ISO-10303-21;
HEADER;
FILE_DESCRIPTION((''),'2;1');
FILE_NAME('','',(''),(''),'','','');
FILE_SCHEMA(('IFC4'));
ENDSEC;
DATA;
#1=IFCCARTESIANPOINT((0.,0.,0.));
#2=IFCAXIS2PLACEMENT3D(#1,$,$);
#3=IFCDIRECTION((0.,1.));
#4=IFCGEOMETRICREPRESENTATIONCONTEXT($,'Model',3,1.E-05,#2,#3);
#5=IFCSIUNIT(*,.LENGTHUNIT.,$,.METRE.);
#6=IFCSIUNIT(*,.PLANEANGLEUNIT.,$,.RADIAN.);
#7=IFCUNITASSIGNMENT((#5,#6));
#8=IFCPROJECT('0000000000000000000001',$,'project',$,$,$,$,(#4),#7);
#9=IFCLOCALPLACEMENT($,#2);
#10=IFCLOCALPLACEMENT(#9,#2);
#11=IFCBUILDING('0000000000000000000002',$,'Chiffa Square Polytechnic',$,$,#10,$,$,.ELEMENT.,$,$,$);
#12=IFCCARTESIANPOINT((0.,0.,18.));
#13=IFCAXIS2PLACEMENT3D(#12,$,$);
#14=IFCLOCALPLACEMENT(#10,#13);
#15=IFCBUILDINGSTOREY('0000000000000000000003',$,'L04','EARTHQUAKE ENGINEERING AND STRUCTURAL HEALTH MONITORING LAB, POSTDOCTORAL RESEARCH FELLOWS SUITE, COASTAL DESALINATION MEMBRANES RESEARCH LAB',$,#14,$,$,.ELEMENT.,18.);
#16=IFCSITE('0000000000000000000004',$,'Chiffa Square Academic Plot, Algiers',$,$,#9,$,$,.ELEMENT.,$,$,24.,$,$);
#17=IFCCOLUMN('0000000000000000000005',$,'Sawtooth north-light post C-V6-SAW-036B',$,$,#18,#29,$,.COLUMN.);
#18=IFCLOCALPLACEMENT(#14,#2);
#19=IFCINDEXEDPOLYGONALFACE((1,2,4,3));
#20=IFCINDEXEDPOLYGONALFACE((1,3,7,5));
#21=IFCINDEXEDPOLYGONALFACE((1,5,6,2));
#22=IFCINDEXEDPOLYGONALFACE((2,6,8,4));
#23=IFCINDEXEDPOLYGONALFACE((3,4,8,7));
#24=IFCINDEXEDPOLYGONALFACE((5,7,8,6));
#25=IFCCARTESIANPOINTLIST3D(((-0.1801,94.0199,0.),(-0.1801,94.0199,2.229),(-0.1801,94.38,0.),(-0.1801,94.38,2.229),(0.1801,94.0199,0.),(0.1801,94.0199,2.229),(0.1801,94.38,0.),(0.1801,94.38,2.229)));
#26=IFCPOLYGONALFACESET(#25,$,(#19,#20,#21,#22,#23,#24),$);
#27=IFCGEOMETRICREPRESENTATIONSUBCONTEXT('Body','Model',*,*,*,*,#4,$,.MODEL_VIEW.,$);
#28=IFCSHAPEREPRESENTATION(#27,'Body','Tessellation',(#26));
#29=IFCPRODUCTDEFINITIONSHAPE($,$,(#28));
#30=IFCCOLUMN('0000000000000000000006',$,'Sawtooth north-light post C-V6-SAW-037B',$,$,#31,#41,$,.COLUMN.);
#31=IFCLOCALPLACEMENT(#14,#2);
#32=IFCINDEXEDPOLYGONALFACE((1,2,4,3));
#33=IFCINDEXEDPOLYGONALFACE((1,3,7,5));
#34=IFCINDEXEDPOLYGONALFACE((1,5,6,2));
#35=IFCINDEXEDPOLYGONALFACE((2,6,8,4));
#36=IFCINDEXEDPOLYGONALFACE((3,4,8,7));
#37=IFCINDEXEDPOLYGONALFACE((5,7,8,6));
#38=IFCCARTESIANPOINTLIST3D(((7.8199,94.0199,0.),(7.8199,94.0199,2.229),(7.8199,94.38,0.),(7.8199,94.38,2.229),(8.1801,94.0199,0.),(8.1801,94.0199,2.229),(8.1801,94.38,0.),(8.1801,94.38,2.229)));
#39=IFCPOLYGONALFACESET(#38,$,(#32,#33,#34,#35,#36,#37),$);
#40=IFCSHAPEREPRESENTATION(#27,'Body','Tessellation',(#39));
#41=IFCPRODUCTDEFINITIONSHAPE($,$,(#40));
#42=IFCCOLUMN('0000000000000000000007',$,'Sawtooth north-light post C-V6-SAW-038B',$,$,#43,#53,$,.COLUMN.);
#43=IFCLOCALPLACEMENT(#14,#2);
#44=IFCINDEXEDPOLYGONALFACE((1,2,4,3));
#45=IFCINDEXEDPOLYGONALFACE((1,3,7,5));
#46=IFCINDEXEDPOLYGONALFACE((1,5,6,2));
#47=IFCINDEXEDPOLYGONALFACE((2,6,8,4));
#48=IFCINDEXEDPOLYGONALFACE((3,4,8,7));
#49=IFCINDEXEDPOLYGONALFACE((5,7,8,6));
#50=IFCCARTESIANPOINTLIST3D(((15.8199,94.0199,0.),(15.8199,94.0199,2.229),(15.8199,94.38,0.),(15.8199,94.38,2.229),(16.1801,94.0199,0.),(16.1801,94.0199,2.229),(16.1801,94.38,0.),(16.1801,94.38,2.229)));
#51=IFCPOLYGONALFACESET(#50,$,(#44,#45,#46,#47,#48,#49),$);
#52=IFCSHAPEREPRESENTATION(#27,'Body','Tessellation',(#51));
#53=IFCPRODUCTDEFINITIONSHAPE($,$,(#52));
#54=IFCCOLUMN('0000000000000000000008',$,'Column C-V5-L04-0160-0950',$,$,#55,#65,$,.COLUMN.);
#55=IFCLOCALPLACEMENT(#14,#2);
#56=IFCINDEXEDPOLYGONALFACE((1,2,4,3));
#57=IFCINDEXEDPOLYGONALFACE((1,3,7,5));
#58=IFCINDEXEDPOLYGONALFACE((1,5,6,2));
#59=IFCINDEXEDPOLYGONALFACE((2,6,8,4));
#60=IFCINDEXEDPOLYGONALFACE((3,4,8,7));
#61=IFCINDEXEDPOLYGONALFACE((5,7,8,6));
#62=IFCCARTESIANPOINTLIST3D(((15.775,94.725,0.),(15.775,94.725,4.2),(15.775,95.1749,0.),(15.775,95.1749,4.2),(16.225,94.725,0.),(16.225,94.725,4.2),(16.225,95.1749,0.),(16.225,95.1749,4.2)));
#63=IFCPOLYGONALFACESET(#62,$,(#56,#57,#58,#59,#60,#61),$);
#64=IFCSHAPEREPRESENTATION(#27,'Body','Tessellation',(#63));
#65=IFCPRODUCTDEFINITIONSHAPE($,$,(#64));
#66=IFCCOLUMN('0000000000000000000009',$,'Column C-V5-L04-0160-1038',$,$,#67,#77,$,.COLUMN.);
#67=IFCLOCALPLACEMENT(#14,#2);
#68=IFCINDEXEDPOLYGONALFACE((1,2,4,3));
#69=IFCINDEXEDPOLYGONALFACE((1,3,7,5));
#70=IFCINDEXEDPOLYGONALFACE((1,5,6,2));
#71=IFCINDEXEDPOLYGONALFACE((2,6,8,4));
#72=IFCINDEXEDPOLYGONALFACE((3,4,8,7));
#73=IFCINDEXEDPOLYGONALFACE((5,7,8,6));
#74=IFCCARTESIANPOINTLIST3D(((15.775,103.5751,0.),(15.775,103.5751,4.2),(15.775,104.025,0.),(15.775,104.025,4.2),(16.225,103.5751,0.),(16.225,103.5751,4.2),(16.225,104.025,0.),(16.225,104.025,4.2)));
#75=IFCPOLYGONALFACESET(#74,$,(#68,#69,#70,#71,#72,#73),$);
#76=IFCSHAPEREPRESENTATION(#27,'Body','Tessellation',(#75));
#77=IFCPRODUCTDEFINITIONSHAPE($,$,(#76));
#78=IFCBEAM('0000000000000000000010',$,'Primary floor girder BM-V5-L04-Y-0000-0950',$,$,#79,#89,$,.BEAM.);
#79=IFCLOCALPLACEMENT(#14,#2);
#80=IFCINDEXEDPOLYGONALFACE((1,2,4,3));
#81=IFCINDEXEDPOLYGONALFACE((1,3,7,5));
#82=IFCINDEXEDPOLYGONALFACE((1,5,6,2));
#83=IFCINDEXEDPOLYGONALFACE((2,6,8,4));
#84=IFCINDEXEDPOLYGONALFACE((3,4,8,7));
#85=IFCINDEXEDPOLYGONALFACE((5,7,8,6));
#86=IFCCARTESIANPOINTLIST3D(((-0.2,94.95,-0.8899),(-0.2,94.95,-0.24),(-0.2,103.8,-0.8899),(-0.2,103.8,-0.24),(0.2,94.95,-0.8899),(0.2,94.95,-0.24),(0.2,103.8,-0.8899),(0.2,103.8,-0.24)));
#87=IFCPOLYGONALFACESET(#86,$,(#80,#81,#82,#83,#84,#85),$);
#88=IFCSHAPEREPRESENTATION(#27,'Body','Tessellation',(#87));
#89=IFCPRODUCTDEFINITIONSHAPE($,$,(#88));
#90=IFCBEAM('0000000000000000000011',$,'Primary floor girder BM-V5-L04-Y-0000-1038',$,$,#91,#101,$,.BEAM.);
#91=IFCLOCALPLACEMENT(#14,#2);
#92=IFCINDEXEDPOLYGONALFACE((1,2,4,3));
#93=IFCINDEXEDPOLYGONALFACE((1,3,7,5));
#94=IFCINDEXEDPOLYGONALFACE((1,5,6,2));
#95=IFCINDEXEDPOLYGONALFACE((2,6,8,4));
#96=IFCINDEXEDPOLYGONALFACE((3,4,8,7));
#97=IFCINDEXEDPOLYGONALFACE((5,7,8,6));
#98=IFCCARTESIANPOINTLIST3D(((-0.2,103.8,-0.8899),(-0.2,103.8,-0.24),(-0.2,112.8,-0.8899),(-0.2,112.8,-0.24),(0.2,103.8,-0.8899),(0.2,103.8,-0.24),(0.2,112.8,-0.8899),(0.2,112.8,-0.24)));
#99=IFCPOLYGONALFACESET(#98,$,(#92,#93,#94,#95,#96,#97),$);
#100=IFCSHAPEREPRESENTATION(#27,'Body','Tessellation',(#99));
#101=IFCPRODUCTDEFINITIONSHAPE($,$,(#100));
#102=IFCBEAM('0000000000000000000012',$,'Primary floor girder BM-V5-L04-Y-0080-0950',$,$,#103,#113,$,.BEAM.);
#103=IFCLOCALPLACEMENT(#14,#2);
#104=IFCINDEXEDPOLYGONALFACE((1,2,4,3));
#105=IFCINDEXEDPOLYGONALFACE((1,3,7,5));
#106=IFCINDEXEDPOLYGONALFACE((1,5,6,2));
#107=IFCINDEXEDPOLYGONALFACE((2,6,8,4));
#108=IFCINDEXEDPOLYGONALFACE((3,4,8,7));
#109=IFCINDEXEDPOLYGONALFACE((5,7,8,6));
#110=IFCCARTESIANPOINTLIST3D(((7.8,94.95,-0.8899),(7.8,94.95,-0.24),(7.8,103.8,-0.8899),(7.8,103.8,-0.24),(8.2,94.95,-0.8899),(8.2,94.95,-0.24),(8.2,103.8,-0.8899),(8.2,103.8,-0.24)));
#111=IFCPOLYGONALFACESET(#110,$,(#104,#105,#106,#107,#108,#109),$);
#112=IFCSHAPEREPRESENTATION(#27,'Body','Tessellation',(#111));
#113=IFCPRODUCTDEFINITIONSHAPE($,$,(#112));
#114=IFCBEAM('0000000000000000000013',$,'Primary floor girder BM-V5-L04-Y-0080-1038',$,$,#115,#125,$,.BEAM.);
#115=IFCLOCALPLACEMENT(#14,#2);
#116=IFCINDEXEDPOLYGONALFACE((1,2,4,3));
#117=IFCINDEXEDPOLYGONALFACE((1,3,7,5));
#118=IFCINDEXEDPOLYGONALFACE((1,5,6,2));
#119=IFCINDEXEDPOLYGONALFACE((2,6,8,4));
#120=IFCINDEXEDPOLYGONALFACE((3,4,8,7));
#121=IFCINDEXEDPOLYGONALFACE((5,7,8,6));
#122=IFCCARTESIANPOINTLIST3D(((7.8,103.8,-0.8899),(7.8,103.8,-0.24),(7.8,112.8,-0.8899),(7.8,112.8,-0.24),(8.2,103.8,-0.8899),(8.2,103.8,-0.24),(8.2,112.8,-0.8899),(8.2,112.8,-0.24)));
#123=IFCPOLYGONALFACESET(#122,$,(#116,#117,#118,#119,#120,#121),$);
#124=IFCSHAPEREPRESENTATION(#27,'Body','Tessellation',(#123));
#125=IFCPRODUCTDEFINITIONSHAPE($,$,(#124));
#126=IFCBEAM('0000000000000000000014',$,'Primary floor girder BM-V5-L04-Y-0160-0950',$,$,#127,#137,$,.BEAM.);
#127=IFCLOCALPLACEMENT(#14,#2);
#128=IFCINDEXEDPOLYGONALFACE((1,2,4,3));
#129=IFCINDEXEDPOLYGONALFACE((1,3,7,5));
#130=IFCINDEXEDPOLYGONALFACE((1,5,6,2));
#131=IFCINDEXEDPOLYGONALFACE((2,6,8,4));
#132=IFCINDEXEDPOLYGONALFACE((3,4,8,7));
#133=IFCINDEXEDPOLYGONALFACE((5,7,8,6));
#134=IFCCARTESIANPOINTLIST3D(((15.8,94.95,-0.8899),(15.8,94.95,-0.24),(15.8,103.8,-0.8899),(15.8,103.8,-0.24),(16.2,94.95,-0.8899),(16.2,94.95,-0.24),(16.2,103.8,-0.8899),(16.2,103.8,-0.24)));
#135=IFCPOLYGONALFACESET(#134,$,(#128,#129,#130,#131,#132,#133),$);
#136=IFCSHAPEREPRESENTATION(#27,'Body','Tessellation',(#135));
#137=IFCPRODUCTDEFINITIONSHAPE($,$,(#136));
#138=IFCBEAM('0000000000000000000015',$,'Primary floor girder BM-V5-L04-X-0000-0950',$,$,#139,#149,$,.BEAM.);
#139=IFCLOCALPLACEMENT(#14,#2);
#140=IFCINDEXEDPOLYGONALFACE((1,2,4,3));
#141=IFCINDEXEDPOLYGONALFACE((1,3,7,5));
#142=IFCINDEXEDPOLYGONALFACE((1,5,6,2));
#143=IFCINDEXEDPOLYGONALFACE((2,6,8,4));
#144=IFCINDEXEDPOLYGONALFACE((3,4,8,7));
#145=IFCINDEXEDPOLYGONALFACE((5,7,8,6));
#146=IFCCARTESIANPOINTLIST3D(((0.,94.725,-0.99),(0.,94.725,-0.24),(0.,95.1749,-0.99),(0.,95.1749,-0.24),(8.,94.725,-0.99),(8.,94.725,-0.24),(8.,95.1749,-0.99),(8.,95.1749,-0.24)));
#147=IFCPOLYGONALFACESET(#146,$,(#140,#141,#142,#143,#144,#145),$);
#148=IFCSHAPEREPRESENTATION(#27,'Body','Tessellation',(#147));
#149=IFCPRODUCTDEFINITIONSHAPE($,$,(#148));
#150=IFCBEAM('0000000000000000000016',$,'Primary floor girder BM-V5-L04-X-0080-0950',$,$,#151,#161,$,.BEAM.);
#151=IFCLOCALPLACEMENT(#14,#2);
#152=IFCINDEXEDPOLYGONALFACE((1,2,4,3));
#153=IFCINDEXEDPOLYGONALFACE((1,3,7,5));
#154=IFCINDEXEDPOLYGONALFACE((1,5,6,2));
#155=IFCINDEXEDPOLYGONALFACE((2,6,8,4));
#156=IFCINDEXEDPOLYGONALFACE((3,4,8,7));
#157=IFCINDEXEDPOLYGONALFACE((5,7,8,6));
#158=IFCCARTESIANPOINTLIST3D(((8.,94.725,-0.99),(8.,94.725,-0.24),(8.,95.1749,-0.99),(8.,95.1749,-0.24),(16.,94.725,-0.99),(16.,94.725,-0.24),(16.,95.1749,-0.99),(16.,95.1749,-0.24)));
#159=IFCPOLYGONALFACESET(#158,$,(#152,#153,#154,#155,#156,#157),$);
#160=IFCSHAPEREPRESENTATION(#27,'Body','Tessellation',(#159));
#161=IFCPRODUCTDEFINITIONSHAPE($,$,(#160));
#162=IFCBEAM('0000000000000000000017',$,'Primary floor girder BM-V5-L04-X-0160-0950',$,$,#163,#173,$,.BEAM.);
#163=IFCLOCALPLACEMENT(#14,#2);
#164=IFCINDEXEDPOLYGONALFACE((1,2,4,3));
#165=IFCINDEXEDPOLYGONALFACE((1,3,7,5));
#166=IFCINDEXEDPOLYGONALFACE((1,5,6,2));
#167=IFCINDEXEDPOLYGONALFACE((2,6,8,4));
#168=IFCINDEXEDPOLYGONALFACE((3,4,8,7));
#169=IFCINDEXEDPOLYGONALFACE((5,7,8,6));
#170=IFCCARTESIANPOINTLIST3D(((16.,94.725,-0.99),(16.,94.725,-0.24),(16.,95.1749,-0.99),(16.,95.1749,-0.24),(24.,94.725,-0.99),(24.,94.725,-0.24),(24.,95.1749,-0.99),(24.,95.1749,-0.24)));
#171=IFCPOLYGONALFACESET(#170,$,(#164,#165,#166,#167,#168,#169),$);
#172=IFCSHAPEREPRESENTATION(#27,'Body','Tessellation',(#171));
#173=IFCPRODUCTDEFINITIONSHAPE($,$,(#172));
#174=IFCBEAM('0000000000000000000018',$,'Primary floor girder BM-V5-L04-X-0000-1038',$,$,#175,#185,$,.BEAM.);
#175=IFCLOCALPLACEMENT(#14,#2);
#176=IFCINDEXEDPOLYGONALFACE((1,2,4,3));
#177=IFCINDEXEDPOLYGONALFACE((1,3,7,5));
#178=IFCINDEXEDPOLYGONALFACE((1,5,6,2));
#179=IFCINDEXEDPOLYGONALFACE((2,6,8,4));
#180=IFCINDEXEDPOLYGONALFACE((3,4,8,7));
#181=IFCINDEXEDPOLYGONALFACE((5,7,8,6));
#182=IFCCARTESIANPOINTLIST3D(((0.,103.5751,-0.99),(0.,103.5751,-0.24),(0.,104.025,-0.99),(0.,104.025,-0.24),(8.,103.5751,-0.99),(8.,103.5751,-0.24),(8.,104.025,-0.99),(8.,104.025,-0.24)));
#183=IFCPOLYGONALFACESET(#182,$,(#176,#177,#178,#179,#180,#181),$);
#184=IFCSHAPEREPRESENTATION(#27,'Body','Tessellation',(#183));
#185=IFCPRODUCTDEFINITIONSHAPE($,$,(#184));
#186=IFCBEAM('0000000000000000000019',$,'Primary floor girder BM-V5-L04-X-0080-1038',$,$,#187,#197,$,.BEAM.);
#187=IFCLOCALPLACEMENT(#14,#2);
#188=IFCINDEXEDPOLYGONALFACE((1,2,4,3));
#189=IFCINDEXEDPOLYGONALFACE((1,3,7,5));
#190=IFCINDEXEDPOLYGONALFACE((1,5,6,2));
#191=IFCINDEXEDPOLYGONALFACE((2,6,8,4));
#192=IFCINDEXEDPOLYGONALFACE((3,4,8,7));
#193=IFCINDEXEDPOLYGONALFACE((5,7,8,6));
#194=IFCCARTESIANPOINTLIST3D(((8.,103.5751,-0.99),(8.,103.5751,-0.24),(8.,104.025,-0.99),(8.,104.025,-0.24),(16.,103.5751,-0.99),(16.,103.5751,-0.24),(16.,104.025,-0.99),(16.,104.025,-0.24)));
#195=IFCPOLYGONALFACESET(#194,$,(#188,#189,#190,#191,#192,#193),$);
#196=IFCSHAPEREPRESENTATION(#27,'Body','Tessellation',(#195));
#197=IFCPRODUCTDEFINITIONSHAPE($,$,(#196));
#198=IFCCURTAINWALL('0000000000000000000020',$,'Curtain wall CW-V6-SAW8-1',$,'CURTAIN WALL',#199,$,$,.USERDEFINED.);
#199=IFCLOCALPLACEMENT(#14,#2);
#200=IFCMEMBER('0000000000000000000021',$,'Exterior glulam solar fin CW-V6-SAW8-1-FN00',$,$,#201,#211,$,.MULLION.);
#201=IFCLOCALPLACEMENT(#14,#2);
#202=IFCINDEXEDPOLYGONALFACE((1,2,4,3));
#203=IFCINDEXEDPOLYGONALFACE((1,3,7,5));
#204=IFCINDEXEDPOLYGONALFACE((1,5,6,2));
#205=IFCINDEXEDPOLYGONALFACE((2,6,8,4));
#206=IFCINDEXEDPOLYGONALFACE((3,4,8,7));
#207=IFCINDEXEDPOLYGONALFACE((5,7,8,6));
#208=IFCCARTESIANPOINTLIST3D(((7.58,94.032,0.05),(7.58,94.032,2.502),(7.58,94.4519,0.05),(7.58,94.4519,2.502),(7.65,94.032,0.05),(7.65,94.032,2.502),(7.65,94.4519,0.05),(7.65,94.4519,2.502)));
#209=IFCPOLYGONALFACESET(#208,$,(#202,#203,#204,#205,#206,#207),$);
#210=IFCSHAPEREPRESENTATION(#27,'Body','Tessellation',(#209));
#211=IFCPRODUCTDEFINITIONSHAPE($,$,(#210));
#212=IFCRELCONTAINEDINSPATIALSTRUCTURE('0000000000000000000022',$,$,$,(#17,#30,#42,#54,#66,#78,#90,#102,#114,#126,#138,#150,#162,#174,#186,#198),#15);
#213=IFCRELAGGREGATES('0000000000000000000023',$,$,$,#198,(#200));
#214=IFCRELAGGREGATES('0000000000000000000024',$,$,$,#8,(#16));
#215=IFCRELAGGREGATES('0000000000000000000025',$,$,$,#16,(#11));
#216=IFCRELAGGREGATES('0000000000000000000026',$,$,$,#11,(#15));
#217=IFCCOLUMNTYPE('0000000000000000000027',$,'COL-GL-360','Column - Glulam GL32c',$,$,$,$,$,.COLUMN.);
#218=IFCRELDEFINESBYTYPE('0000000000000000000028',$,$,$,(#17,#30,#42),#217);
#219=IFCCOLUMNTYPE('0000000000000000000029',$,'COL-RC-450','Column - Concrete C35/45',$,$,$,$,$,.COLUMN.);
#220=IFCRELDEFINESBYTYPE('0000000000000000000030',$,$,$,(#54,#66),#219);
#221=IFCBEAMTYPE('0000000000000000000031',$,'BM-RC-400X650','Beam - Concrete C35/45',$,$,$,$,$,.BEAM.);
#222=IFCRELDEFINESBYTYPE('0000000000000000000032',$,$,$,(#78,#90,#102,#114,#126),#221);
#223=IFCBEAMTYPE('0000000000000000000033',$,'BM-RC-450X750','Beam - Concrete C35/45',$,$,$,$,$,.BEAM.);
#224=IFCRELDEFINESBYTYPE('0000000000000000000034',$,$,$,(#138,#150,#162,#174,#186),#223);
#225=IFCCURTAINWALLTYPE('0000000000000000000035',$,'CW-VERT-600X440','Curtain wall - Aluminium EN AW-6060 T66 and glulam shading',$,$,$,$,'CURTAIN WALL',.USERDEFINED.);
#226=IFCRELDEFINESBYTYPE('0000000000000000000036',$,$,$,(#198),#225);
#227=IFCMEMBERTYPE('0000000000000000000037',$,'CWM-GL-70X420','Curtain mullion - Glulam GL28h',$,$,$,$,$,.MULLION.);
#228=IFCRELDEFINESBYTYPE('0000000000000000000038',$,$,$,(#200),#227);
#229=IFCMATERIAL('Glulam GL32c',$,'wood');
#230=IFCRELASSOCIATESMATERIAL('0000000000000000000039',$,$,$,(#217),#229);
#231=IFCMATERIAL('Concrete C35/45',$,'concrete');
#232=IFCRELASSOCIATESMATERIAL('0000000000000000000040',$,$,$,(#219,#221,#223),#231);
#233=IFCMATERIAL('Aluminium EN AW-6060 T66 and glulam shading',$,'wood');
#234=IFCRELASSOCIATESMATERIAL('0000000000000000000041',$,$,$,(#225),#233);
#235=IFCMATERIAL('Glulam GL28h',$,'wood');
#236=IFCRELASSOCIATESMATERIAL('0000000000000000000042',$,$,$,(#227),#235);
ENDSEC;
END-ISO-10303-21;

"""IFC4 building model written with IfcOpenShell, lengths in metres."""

from ifc_helpers import new_model, si_unit, direction, frame, origin, origin_2d, place, context, subcontext, project, spatial, rectangle, extrude, material, material_profile, profile_set, type_object, element, aggregate, save


model = new_model("IFC4")

# Units and contexts
model_context = context("Model", 3, precision=1e-05, world=origin(), true_north=direction((0.0, 1.0)))
body_context = subcontext(model_context, "Body", "Model", "MODEL_VIEW")
ifc_project = project(units=[si_unit("LENGTHUNIT", "METRE"), si_unit("PLANEANGLEUNIT", "RADIAN")], contexts=[model_context])

# Site, building, storey
site_placement = place(None, origin())
site = spatial("IfcSite", under=ifc_project, at=site_placement, Name="Chiffa Square Academic Plot, Algiers", CompositionType="ELEMENT", RefElevation=24.0)
building_placement = place(site_placement, origin())
building = spatial("IfcBuilding", under=site, at=building_placement, Name="Chiffa Square Polytechnic", CompositionType="ELEMENT")
storey_placement = place(building_placement, frame((0.0, 0.0, 18.0)))
storey = spatial("IfcBuildingStorey", under=building, at=storey_placement, Name="L04", Description="EARTHQUAKE ENGINEERING AND STRUCTURAL HEALTH MONITORING LAB, POSTDOCTORAL RESEARCH FELLOWS SUITE, COASTAL DESALINATION MEMBRANES RESEARCH LAB", CompositionType="ELEMENT", Elevation=18.0)

# Columns
ifc_material_1 = material(Name="Glulam GL32c", Category="wood")
ifc_material_profile_1 = material_profile(ifc_material_1, rectangle(XDim=0.3601, YDim=0.3601, at=origin_2d()), Name="GL32c 360x360")
ifc_profile_set_1 = profile_set([ifc_material_profile_1], Name="Glulam GL32c")
column_type_1 = type_object("IfcColumnType", Name="COL-GL-360", Description="Column - Glulam GL32c", PredefinedType="COLUMN", material=ifc_profile_set_1)
for number, where, z_axis, x_axis, name in (
    (1, (0.0, 94.2, 0.0), (0.0, 0.0, 1.0), (1.0, 0.0, 0.0), "Sawtooth north-light post C-V6-SAW-036B"),
    (2, (8.0, 94.2, 0.0), (0.0, 0.0, 1.0), (1.0, 0.0, 0.0), "Sawtooth north-light post C-V6-SAW-037B"),
    (3, (16.0, 94.2, 0.0), (0.0, 0.0, 1.0), (1.0, 0.0, 0.0), "Sawtooth north-light post C-V6-SAW-038B"),
):
    element("IfcColumn", number, at=place(storey_placement, frame(where, z_axis=z_axis, x_axis=x_axis)), inside=storey, type_object=column_type_1, Name=name, PredefinedType="COLUMN", context=body_context, shape_type="SweptSolid", body=[
        extrude(rectangle(XDim=0.3601, YDim=0.3601, at=origin_2d()), origin(), (0.0, 0.0, 1.0), 2.229),
    ])
ifc_material_2 = material(Name="Concrete C35/45", Category="concrete")
ifc_material_profile_2 = material_profile(ifc_material_2, rectangle(XDim=0.45, YDim=0.45, at=origin_2d()), Name="RC 450x450")
ifc_profile_set_2 = profile_set([ifc_material_profile_2], Name="Concrete C35/45")
column_type_2 = type_object("IfcColumnType", Name="COL-RC-450", Description="Column - Concrete C35/45", PredefinedType="COLUMN", material=ifc_profile_set_2)
for number, where, z_axis, x_axis, name in (
    (4, (16.0, 94.95, 0.0), (0.0, 0.0, 1.0), (1.0, 0.0, 0.0), "Column C-V5-L04-0160-0950"),
    (5, (16.0, 103.8, 0.0), (0.0, 0.0, 1.0), (1.0, 0.0, 0.0), "Column C-V5-L04-0160-1038"),
):
    element("IfcColumn", number, at=place(storey_placement, frame(where, z_axis=z_axis, x_axis=x_axis)), inside=storey, type_object=column_type_2, Name=name, PredefinedType="COLUMN", context=body_context, shape_type="SweptSolid", body=[
        extrude(rectangle(XDim=0.45, YDim=0.45, at=origin_2d()), origin(), (0.0, 0.0, 1.0), 4.2),
    ])

# Beams
ifc_material_profile_3 = material_profile(ifc_material_2, rectangle(XDim=0.3999, YDim=0.6499, at=origin_2d()), Name="RC 400x650")
ifc_profile_set_3 = profile_set([ifc_material_profile_3], Name="Concrete C35/45")
beam_type_1 = type_object("IfcBeamType", Name="BM-RC-400X650", Description="Beam - Concrete C35/45", PredefinedType="BEAM", material=ifc_profile_set_3)
beam_1_placement = place(storey_placement, frame((0.0, 94.95, -0.5649), z_axis=(0.0, 1.0, 0.0), x_axis=(-1.0, 0.0, 0.0)))
element("IfcBeam", 6, at=beam_1_placement, inside=storey, type_object=beam_type_1, Name="Primary floor girder BM-V5-L04-Y-0000-0950", PredefinedType="BEAM", context=body_context, shape_type="SweptSolid", body=[
    extrude(rectangle(XDim=0.3999, YDim=0.6499, at=origin_2d()), origin(), (0.0, 0.0, 1.0), 8.8501),
])
beam_2_placement = place(storey_placement, frame((0.0, 103.8, -0.5649), z_axis=(0.0, 1.0, 0.0), x_axis=(-1.0, 0.0, 0.0)))
element("IfcBeam", 7, at=beam_2_placement, inside=storey, type_object=beam_type_1, Name="Primary floor girder BM-V5-L04-Y-0000-1038", PredefinedType="BEAM", context=body_context, shape_type="SweptSolid", body=[
    extrude(rectangle(XDim=0.3999, YDim=0.6499, at=origin_2d()), origin(), (0.0, 0.0, 1.0), 9.0),
])
beam_3_placement = place(storey_placement, frame((8.0, 94.95, -0.5649), z_axis=(0.0, 1.0, 0.0), x_axis=(-1.0, 0.0, 0.0)))
element("IfcBeam", 8, at=beam_3_placement, inside=storey, type_object=beam_type_1, Name="Primary floor girder BM-V5-L04-Y-0080-0950", PredefinedType="BEAM", context=body_context, shape_type="SweptSolid", body=[
    extrude(rectangle(XDim=0.3999, YDim=0.6499, at=origin_2d()), origin(), (0.0, 0.0, 1.0), 8.8501),
])
beam_4_placement = place(storey_placement, frame((8.0, 103.8, -0.5649), z_axis=(0.0, 1.0, 0.0), x_axis=(-1.0, 0.0, 0.0)))
element("IfcBeam", 9, at=beam_4_placement, inside=storey, type_object=beam_type_1, Name="Primary floor girder BM-V5-L04-Y-0080-1038", PredefinedType="BEAM", context=body_context, shape_type="SweptSolid", body=[
    extrude(rectangle(XDim=0.3999, YDim=0.6499, at=origin_2d()), origin(), (0.0, 0.0, 1.0), 9.0),
])
beam_5_placement = place(storey_placement, frame((16.0, 94.95, -0.5649), z_axis=(0.0, 1.0, 0.0), x_axis=(-1.0, 0.0, 0.0)))
element("IfcBeam", 10, at=beam_5_placement, inside=storey, type_object=beam_type_1, Name="Primary floor girder BM-V5-L04-Y-0160-0950", PredefinedType="BEAM", context=body_context, shape_type="SweptSolid", body=[
    extrude(rectangle(XDim=0.3999, YDim=0.6499, at=origin_2d()), origin(), (0.0, 0.0, 1.0), 8.8501),
])
ifc_material_profile_4 = material_profile(ifc_material_2, rectangle(XDim=0.45, YDim=0.75, at=origin_2d()), Name="RC 450x750")
ifc_profile_set_4 = profile_set([ifc_material_profile_4], Name="Concrete C35/45")
beam_type_2 = type_object("IfcBeamType", Name="BM-RC-450X750", Description="Beam - Concrete C35/45", PredefinedType="BEAM", material=ifc_profile_set_4)
for number, where, z_axis, x_axis, name in (
    (11, (0.0, 94.95, -0.615), (1.0, 0.0, 0.0), (0.0, 1.0, 0.0), "Primary floor girder BM-V5-L04-X-0000-0950"),
    (12, (8.0, 94.95, -0.615), (1.0, 0.0, 0.0), (0.0, 1.0, 0.0), "Primary floor girder BM-V5-L04-X-0080-0950"),
    (13, (16.0, 94.95, -0.615), (1.0, 0.0, 0.0), (0.0, 1.0, 0.0), "Primary floor girder BM-V5-L04-X-0160-0950"),
    (14, (0.0, 103.8, -0.615), (1.0, 0.0, 0.0), (0.0, 1.0, 0.0), "Primary floor girder BM-V5-L04-X-0000-1038"),
    (15, (8.0, 103.8, -0.615), (1.0, 0.0, 0.0), (0.0, 1.0, 0.0), "Primary floor girder BM-V5-L04-X-0080-1038"),
):
    element("IfcBeam", number, at=place(storey_placement, frame(where, z_axis=z_axis, x_axis=x_axis)), inside=storey, type_object=beam_type_2, Name=name, PredefinedType="BEAM", context=body_context, shape_type="SweptSolid", body=[
        extrude(rectangle(XDim=0.45, YDim=0.75, at=origin_2d()), origin(), (0.0, 0.0, 1.0), 8.0),
    ])

# Curtain wall, member
ifc_material_3 = material(Name="Aluminium EN AW-6060 T66 and glulam shading", Category="wood")
curtain_wall_type_1 = type_object("IfcCurtainWallType", Name="CW-VERT-600X440", Description="Curtain wall - Aluminium EN AW-6060 T66 and glulam shading", ElementType="CURTAIN WALL", PredefinedType="USERDEFINED", material=ifc_material_3)
curtain_wall_1_placement = place(storey_placement, origin())
curtain_wall_1 = element("IfcCurtainWall", 16, at=curtain_wall_1_placement, inside=storey, type_object=curtain_wall_type_1, Name="Curtain wall CW-V6-SAW8-1", ObjectType="CURTAIN WALL", PredefinedType="USERDEFINED")
ifc_material_4 = material(Name="Glulam GL28h", Category="wood")
ifc_material_profile_5 = material_profile(ifc_material_4, rectangle(XDim=0.0701, YDim=0.4199, at=origin_2d()), Name="GL28h 70x420")
ifc_profile_set_5 = profile_set([ifc_material_profile_5], Name="Glulam GL28h")
member_type = type_object("IfcMemberType", Name="CWM-GL-70X420", Description="Curtain mullion - Glulam GL28h", PredefinedType="MULLION", material=ifc_profile_set_5)
member_1_placement = place(storey_placement, frame((7.615, 94.2419, 0.05), z_axis=(0.0, 0.0, 1.0), x_axis=(-1.0, 0.0, 0.0)))
member_1 = element("IfcMember", 17, at=member_1_placement, type_object=member_type, Name="Exterior glulam solar fin CW-V6-SAW8-1-FN00", PredefinedType="MULLION", context=body_context, shape_type="SweptSolid", body=[
    extrude(rectangle(XDim=0.0701, YDim=0.4199, at=origin_2d()), origin(), (0.0, 0.0, 1.0), 2.4519),
])
aggregate(curtain_wall_1, [member_1])

save(model, "model.ifc")
